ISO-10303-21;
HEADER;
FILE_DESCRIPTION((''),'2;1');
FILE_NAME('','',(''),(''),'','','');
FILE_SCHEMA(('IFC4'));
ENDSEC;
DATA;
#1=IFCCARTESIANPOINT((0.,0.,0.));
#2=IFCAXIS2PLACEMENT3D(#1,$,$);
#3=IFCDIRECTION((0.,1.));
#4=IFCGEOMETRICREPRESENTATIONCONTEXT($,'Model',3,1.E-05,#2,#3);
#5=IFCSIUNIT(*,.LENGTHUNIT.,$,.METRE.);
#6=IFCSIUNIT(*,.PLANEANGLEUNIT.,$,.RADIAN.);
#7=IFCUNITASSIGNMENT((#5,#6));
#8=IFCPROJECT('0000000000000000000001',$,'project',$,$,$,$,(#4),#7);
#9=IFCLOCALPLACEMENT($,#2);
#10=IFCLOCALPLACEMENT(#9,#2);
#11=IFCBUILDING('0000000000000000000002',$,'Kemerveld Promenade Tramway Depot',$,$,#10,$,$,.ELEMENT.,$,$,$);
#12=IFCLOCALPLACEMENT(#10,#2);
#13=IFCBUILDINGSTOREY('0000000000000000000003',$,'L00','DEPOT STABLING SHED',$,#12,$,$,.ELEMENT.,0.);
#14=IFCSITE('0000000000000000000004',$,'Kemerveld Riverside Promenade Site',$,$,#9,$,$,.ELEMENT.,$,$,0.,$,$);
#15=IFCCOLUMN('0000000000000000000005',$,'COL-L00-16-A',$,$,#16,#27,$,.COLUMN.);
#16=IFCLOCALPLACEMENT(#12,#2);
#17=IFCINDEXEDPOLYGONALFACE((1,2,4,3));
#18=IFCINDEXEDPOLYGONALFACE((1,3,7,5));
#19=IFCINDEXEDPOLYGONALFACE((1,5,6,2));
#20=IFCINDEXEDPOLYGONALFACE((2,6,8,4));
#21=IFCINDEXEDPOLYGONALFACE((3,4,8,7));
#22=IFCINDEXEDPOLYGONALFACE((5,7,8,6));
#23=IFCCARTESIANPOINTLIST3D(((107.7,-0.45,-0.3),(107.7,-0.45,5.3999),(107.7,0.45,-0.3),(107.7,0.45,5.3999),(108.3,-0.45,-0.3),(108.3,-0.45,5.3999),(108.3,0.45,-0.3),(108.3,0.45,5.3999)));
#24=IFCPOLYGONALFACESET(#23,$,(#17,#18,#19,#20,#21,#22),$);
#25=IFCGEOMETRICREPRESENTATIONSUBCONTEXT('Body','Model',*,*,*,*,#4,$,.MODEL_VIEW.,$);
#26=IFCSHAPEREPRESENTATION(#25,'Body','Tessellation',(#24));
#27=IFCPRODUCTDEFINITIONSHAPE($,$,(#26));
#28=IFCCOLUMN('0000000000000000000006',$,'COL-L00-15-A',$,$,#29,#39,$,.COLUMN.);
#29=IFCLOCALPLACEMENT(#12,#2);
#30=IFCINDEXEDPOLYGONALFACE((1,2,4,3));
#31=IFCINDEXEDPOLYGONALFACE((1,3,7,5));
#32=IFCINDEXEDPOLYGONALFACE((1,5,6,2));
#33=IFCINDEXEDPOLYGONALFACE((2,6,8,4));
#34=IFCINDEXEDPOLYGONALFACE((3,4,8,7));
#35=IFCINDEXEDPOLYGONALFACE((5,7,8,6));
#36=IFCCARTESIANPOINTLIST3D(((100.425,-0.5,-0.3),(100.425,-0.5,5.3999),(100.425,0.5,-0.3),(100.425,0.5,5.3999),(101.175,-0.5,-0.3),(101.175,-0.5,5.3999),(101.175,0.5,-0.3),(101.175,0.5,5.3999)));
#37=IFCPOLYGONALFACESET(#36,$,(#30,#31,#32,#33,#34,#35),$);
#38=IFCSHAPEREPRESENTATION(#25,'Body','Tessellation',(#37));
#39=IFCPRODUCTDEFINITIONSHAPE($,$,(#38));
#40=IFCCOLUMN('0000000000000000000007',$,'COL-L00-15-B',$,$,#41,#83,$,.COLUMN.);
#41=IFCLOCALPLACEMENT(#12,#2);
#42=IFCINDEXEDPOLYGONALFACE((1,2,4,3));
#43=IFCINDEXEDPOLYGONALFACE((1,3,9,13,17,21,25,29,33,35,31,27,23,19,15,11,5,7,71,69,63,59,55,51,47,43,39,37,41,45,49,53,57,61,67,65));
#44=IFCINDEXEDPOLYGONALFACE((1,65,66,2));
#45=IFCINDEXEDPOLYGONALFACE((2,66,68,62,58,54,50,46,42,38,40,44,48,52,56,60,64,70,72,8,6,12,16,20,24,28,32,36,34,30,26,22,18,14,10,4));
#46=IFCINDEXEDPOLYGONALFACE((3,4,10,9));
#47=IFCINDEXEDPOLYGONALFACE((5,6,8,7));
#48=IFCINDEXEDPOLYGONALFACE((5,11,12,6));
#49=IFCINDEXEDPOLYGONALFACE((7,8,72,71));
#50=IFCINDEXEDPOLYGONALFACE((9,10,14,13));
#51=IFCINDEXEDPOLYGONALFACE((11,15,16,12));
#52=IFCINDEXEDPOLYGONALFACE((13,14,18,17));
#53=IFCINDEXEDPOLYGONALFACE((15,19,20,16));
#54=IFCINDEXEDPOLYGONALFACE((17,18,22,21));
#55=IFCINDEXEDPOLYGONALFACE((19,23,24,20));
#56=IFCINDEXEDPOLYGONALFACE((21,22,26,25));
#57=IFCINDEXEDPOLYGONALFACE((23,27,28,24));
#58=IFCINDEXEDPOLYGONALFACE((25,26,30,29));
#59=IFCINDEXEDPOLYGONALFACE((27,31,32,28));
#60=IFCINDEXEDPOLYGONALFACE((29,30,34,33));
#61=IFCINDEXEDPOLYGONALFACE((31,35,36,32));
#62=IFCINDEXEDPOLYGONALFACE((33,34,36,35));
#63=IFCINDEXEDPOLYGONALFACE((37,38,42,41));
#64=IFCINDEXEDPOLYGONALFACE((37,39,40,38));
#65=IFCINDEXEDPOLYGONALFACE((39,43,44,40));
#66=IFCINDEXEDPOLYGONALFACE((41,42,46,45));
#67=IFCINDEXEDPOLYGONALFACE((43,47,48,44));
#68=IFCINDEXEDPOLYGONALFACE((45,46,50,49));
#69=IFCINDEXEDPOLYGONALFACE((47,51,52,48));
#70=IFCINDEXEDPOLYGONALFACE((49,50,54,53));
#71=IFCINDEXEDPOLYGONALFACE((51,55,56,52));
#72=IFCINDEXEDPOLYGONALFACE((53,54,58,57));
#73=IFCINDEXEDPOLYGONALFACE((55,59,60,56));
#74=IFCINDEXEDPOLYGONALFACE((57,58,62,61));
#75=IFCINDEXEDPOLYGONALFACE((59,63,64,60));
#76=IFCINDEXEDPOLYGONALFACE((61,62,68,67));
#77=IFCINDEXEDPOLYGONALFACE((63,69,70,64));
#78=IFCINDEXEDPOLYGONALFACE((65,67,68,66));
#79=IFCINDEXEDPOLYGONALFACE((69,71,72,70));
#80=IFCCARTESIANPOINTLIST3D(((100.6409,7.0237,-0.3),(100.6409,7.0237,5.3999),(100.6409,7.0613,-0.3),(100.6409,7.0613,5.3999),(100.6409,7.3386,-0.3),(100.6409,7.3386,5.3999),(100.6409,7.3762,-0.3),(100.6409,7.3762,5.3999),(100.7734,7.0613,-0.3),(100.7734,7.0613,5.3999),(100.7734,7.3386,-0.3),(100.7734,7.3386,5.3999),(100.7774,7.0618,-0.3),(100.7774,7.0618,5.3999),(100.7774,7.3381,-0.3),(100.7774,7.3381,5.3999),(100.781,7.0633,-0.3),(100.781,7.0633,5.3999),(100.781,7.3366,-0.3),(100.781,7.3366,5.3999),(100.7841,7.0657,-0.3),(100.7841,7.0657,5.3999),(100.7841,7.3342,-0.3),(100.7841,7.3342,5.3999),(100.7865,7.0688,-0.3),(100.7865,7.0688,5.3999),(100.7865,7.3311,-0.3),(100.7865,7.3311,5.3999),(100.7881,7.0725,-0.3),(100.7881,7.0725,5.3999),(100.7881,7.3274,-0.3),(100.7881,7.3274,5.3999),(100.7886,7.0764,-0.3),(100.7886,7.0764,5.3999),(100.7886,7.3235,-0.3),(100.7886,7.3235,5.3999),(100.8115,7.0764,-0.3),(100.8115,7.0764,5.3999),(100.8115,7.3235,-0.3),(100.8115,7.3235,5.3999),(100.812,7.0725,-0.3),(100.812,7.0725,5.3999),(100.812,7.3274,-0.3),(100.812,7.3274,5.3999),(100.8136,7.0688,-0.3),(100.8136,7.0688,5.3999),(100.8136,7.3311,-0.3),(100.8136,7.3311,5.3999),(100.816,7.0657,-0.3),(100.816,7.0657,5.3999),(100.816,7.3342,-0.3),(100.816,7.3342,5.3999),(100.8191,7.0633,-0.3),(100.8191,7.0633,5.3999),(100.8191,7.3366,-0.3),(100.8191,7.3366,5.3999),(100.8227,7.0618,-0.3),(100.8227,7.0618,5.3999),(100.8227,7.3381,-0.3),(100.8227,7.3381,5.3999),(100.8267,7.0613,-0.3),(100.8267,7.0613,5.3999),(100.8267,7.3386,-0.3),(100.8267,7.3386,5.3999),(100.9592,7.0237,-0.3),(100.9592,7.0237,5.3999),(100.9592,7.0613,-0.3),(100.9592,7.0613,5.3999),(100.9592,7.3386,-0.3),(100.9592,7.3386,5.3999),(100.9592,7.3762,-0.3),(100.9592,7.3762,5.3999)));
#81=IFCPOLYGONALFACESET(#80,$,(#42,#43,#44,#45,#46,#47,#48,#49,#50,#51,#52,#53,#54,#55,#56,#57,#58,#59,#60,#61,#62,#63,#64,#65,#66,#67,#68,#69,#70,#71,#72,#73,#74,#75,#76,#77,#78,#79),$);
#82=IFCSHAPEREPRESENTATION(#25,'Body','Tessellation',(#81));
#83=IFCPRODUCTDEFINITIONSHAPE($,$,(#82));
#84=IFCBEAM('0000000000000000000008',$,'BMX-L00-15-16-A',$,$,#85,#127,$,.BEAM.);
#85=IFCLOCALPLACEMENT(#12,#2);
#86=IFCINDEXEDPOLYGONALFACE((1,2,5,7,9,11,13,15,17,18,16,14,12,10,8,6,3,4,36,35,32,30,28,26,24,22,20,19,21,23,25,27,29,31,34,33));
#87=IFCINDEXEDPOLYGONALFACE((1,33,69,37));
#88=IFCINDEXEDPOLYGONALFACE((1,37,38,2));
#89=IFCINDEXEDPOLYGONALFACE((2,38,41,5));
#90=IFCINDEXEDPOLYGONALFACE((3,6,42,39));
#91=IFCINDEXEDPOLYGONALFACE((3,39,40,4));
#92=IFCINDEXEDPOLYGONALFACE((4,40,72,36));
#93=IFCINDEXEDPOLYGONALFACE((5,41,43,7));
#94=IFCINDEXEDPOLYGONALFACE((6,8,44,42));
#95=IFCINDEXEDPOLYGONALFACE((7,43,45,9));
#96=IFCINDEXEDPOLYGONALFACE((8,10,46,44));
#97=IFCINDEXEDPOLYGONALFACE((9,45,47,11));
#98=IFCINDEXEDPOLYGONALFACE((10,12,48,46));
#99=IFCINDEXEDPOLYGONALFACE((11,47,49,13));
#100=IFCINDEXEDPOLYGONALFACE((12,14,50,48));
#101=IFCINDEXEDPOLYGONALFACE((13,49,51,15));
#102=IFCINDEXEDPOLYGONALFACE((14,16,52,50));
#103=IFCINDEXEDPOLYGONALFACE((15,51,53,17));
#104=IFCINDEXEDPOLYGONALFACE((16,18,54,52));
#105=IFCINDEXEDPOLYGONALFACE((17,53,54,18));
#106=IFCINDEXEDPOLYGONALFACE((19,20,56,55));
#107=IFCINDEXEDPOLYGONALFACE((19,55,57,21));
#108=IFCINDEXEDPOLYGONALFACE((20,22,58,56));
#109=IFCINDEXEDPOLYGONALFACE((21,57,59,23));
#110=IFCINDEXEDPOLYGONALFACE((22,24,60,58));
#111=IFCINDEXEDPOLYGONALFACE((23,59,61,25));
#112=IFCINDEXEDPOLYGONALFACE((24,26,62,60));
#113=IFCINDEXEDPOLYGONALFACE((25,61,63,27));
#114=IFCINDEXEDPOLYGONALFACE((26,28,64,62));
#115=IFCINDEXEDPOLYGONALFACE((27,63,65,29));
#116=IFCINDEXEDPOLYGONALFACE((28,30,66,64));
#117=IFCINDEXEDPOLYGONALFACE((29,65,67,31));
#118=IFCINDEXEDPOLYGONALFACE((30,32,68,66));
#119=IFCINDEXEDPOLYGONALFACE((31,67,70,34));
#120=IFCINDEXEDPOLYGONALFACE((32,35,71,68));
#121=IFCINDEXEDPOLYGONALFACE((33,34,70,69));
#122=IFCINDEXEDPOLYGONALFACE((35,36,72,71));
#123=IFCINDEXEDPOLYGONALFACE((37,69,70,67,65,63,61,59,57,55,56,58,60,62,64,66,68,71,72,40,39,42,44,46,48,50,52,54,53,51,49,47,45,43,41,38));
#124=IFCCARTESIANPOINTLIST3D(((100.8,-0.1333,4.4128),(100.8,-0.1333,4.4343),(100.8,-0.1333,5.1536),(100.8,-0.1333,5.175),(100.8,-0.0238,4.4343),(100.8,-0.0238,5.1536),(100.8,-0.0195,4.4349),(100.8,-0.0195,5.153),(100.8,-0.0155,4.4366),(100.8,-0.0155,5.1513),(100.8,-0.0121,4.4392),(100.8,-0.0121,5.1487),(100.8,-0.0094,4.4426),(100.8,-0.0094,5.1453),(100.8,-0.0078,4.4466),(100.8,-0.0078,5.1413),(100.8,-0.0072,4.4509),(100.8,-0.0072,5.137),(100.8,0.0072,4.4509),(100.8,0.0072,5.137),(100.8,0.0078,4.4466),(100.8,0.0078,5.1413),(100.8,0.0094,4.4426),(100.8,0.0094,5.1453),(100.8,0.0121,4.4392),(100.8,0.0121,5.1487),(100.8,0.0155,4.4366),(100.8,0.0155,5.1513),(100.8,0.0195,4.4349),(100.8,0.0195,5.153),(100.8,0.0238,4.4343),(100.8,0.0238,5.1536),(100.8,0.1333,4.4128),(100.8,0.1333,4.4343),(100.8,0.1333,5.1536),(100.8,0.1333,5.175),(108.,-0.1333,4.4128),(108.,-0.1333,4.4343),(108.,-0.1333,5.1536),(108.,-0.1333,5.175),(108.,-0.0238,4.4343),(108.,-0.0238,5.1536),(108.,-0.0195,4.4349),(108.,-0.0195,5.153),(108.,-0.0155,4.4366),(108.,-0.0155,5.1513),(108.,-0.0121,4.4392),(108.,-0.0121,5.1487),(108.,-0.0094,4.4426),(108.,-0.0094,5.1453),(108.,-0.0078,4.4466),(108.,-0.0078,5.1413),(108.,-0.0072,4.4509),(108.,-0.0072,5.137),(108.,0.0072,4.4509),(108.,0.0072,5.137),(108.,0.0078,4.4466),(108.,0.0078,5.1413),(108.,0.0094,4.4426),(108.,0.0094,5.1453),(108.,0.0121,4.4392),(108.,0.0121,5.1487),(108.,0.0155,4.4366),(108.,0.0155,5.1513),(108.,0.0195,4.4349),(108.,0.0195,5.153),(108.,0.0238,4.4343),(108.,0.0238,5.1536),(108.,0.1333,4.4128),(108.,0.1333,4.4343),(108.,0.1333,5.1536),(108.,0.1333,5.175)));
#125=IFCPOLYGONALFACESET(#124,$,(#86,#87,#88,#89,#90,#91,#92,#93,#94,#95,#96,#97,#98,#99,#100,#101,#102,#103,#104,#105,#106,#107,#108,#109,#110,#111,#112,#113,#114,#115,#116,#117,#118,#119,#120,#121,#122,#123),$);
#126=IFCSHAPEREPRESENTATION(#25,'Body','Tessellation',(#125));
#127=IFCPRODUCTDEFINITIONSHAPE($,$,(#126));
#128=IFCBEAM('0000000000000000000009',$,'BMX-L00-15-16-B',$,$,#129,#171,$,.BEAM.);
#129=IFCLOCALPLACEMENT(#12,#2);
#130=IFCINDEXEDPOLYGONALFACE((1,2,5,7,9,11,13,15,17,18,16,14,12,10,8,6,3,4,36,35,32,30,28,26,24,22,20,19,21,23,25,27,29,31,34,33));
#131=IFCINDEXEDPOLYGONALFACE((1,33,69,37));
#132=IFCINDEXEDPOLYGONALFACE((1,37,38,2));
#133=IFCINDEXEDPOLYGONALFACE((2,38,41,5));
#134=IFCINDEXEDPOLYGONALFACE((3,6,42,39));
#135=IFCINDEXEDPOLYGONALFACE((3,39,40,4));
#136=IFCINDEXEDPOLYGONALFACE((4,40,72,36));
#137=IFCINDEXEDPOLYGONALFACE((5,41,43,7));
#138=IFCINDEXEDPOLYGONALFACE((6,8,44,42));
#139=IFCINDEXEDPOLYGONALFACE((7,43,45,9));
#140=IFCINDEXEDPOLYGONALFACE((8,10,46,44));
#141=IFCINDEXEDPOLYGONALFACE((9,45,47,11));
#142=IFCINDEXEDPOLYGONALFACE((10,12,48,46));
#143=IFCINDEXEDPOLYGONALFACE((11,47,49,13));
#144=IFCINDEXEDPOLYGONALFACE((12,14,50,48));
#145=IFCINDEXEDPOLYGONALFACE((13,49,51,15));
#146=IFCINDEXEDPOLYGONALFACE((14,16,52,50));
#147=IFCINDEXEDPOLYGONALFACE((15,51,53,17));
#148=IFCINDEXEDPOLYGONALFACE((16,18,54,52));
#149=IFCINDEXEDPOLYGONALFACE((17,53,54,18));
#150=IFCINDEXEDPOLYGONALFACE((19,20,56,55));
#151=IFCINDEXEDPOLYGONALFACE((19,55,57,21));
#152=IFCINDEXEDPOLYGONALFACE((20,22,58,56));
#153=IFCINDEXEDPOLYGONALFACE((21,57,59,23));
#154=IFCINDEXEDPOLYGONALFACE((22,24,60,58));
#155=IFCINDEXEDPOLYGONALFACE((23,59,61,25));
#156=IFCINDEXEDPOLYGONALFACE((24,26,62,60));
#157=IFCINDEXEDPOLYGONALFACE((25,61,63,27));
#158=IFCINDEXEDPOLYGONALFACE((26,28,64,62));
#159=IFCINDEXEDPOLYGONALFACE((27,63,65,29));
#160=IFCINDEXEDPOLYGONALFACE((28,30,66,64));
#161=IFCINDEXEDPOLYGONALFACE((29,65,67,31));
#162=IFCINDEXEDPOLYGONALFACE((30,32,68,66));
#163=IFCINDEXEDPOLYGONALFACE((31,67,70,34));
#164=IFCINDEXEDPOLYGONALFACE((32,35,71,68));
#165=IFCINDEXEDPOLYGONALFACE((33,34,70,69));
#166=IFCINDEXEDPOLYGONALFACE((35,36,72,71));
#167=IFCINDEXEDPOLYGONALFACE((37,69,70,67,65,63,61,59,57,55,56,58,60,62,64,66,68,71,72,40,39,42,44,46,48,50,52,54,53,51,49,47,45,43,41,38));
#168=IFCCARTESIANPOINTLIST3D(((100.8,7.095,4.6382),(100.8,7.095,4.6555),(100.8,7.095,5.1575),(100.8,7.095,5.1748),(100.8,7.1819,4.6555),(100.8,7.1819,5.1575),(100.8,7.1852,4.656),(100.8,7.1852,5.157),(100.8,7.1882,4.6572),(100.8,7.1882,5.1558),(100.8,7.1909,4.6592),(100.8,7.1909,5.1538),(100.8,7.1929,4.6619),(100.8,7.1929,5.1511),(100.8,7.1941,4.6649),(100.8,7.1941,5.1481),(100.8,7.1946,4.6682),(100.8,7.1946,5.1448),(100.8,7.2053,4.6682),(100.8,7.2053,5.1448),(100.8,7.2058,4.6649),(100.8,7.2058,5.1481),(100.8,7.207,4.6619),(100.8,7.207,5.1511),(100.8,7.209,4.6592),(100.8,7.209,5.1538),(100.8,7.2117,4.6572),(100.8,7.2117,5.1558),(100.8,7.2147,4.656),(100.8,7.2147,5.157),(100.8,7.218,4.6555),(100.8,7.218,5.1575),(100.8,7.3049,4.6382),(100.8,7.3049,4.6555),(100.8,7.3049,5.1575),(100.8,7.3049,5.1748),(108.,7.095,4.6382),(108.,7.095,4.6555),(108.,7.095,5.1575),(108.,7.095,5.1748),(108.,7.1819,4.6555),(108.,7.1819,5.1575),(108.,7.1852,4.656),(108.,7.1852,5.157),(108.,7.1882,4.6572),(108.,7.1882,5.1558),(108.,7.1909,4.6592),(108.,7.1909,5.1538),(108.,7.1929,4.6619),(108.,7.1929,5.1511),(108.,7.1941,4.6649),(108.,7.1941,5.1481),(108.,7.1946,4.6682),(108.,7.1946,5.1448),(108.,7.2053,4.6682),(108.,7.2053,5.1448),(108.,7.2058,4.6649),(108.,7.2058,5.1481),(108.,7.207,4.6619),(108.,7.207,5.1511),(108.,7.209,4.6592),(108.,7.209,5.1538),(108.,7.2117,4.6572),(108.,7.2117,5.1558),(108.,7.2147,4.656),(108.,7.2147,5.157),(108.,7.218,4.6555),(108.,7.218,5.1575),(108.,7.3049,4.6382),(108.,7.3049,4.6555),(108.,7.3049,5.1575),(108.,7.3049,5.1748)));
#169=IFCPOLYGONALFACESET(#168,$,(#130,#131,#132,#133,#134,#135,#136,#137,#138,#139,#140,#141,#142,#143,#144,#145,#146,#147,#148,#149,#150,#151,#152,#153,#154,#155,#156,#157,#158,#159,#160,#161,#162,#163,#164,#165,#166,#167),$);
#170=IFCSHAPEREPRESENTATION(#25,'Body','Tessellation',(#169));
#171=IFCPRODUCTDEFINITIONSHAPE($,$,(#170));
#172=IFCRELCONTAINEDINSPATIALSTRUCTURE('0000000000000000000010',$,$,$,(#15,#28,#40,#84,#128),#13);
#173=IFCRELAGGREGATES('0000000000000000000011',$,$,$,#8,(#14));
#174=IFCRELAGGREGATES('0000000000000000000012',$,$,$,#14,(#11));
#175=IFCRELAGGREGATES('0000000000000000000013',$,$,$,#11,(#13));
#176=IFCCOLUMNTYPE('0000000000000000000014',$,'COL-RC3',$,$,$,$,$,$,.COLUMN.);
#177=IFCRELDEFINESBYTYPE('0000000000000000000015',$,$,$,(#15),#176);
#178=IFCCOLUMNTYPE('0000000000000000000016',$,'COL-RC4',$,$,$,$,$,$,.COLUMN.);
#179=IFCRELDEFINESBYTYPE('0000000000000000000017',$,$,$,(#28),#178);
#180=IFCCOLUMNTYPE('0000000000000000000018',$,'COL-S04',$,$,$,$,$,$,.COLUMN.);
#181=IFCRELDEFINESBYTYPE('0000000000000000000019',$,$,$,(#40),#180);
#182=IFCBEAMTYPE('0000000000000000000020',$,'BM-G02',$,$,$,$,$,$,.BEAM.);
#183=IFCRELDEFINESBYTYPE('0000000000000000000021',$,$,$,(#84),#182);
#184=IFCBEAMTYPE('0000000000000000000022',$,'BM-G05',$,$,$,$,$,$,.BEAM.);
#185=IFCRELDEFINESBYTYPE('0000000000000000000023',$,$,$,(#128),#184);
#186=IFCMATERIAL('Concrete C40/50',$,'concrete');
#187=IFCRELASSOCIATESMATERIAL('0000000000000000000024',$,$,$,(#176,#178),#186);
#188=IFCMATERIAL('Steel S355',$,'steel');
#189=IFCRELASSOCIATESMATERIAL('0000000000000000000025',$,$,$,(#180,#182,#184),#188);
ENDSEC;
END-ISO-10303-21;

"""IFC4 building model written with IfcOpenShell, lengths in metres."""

from ifc_helpers import new_model, si_unit, direction, frame, origin, origin_2d, place, context, subcontext, project, spatial, rectangle, i_section, extrude, material, material_profile, profile_set, type_object, element, save


model = new_model("IFC4")

# Units and contexts
model_context = context("Model", 3, precision=1e-05, world=origin(), true_north=direction((0.0, 1.0)))
body_context = subcontext(model_context, "Body", "Model", "MODEL_VIEW")
ifc_project = project(units=[si_unit("LENGTHUNIT", "METRE"), si_unit("PLANEANGLEUNIT", "RADIAN")], contexts=[model_context])

# Site, building, storey
site_placement = place(None, origin())
site = spatial("IfcSite", under=ifc_project, at=site_placement, Name="Kemerveld Riverside Promenade Site", CompositionType="ELEMENT", RefElevation=0.0)
building_placement = place(site_placement, origin())
building = spatial("IfcBuilding", under=site, at=building_placement, Name="Kemerveld Promenade Tramway Depot", CompositionType="ELEMENT")
storey_placement = place(building_placement, origin())
storey = spatial("IfcBuildingStorey", under=building, at=storey_placement, Name="L00", Description="DEPOT STABLING SHED", CompositionType="ELEMENT", Elevation=0.0)

# Columns
ifc_material_1 = material(Name="Concrete C40/50", Category="concrete")
ifc_material_profile_1 = material_profile(ifc_material_1, rectangle(XDim=0.6001, YDim=0.8999, at=origin_2d()), Name="RC-PIER-900x600")
ifc_profile_set_1 = profile_set([ifc_material_profile_1], Name="Concrete C40/50")
column_type_1 = type_object("IfcColumnType", Name="COL-RC3", PredefinedType="COLUMN", material=ifc_profile_set_1)
column_1_placement = place(storey_placement, frame((108.0, 0.0, -0.3), z_axis=(0.0, 0.0, 1.0), x_axis=(1.0, 0.0, 0.0)))
element("IfcColumn", 1, at=column_1_placement, inside=storey, type_object=column_type_1, Name="COL-L00-16-A", PredefinedType="COLUMN", context=body_context, shape_type="SweptSolid", body=[
    extrude(rectangle(XDim=0.6001, YDim=0.8999, at=origin_2d()), origin(), (0.0, 0.0, 1.0), 5.7),
])
ifc_material_profile_2 = material_profile(ifc_material_1, rectangle(XDim=0.75, YDim=1.0, at=origin_2d()), Name="RC-PIER-1000x750")
ifc_profile_set_2 = profile_set([ifc_material_profile_2], Name="Concrete C40/50")
column_type_2 = type_object("IfcColumnType", Name="COL-RC4", PredefinedType="COLUMN", material=ifc_profile_set_2)
column_2_placement = place(storey_placement, frame((100.8, 0.0, -0.3), z_axis=(0.0, 0.0, 1.0), x_axis=(1.0, 0.0, 0.0)))
element("IfcColumn", 2, at=column_2_placement, inside=storey, type_object=column_type_2, Name="COL-L00-15-A", PredefinedType="COLUMN", context=body_context, shape_type="SweptSolid", body=[
    extrude(rectangle(XDim=0.75, YDim=1.0, at=origin_2d()), origin(), (0.0, 0.0, 1.0), 5.7),
])
ifc_material_2 = material(Name="Steel S355", Category="steel")
ifc_material_profile_3 = material_profile(ifc_material_2, i_section(OverallWidth=0.3184, OverallDepth=0.3525, WebThickness=0.0229, FlangeThickness=0.0376, FilletRadius=0.0151, at=origin_2d()), Name="305x305x240 UC")
ifc_profile_set_3 = profile_set([ifc_material_profile_3], Name="Steel S355")
column_type_3 = type_object("IfcColumnType", Name="COL-S04", PredefinedType="COLUMN", material=ifc_profile_set_3)
column_3_placement = place(storey_placement, frame((100.8, 7.2, -0.3), z_axis=(0.0, 0.0, 1.0), x_axis=(1.0, 0.0, 0.0)))
element("IfcColumn", 3, at=column_3_placement, inside=storey, type_object=column_type_3, Name="COL-L00-15-B", PredefinedType="COLUMN", context=body_context, shape_type="SweptSolid", body=[
    extrude(i_section(OverallWidth=0.3184, OverallDepth=0.3525, WebThickness=0.0229, FlangeThickness=0.0376, FilletRadius=0.0151, at=origin_2d()), origin(), (0.0, 0.0, 1.0), 5.7),
])

# Beams
ifc_material_profile_4 = material_profile(ifc_material_2, i_section(OverallWidth=0.2666, OverallDepth=0.7622, WebThickness=0.0144, FlangeThickness=0.0215, FilletRadius=0.0166, at=origin_2d()), Name="762x267x173 UB")
ifc_profile_set_4 = profile_set([ifc_material_profile_4], Name="Steel S355")
beam_type_1 = type_object("IfcBeamType", Name="BM-G02", PredefinedType="BEAM", material=ifc_profile_set_4)
beam_1_placement = place(storey_placement, frame((100.8, 0.0, 4.7939), z_axis=(1.0, 0.0, 0.0), x_axis=(0.0, 1.0, 0.0)))
element("IfcBeam", 4, at=beam_1_placement, inside=storey, type_object=beam_type_1, Name="BMX-L00-15-16-A", PredefinedType="BEAM", context=body_context, shape_type="SweptSolid", body=[
    extrude(i_section(OverallWidth=0.2666, OverallDepth=0.7622, WebThickness=0.0144, FlangeThickness=0.0215, FilletRadius=0.0166, at=origin_2d()), origin(), (0.0, 0.0, 1.0), 7.2),
])
ifc_material_profile_5 = material_profile(ifc_material_2, i_section(OverallWidth=0.21, OverallDepth=0.5366, WebThickness=0.0107, FlangeThickness=0.0173, FilletRadius=0.0127, at=origin_2d()), Name="533x210x101 UB")
ifc_profile_set_5 = profile_set([ifc_material_profile_5], Name="Steel S355")
beam_type_2 = type_object("IfcBeamType", Name="BM-G05", PredefinedType="BEAM", material=ifc_profile_set_5)
beam_2_placement = place(storey_placement, frame((100.8, 7.2, 4.9065), z_axis=(1.0, 0.0, 0.0), x_axis=(0.0, 1.0, 0.0)))
element("IfcBeam", 5, at=beam_2_placement, inside=storey, type_object=beam_type_2, Name="BMX-L00-15-16-B", PredefinedType="BEAM", context=body_context, shape_type="SweptSolid", body=[
    extrude(i_section(OverallWidth=0.21, OverallDepth=0.5366, WebThickness=0.0107, FlangeThickness=0.0173, FilletRadius=0.0127, at=origin_2d()), origin(), (0.0, 0.0, 1.0), 7.2),
])

save(model, "model.ifc")
